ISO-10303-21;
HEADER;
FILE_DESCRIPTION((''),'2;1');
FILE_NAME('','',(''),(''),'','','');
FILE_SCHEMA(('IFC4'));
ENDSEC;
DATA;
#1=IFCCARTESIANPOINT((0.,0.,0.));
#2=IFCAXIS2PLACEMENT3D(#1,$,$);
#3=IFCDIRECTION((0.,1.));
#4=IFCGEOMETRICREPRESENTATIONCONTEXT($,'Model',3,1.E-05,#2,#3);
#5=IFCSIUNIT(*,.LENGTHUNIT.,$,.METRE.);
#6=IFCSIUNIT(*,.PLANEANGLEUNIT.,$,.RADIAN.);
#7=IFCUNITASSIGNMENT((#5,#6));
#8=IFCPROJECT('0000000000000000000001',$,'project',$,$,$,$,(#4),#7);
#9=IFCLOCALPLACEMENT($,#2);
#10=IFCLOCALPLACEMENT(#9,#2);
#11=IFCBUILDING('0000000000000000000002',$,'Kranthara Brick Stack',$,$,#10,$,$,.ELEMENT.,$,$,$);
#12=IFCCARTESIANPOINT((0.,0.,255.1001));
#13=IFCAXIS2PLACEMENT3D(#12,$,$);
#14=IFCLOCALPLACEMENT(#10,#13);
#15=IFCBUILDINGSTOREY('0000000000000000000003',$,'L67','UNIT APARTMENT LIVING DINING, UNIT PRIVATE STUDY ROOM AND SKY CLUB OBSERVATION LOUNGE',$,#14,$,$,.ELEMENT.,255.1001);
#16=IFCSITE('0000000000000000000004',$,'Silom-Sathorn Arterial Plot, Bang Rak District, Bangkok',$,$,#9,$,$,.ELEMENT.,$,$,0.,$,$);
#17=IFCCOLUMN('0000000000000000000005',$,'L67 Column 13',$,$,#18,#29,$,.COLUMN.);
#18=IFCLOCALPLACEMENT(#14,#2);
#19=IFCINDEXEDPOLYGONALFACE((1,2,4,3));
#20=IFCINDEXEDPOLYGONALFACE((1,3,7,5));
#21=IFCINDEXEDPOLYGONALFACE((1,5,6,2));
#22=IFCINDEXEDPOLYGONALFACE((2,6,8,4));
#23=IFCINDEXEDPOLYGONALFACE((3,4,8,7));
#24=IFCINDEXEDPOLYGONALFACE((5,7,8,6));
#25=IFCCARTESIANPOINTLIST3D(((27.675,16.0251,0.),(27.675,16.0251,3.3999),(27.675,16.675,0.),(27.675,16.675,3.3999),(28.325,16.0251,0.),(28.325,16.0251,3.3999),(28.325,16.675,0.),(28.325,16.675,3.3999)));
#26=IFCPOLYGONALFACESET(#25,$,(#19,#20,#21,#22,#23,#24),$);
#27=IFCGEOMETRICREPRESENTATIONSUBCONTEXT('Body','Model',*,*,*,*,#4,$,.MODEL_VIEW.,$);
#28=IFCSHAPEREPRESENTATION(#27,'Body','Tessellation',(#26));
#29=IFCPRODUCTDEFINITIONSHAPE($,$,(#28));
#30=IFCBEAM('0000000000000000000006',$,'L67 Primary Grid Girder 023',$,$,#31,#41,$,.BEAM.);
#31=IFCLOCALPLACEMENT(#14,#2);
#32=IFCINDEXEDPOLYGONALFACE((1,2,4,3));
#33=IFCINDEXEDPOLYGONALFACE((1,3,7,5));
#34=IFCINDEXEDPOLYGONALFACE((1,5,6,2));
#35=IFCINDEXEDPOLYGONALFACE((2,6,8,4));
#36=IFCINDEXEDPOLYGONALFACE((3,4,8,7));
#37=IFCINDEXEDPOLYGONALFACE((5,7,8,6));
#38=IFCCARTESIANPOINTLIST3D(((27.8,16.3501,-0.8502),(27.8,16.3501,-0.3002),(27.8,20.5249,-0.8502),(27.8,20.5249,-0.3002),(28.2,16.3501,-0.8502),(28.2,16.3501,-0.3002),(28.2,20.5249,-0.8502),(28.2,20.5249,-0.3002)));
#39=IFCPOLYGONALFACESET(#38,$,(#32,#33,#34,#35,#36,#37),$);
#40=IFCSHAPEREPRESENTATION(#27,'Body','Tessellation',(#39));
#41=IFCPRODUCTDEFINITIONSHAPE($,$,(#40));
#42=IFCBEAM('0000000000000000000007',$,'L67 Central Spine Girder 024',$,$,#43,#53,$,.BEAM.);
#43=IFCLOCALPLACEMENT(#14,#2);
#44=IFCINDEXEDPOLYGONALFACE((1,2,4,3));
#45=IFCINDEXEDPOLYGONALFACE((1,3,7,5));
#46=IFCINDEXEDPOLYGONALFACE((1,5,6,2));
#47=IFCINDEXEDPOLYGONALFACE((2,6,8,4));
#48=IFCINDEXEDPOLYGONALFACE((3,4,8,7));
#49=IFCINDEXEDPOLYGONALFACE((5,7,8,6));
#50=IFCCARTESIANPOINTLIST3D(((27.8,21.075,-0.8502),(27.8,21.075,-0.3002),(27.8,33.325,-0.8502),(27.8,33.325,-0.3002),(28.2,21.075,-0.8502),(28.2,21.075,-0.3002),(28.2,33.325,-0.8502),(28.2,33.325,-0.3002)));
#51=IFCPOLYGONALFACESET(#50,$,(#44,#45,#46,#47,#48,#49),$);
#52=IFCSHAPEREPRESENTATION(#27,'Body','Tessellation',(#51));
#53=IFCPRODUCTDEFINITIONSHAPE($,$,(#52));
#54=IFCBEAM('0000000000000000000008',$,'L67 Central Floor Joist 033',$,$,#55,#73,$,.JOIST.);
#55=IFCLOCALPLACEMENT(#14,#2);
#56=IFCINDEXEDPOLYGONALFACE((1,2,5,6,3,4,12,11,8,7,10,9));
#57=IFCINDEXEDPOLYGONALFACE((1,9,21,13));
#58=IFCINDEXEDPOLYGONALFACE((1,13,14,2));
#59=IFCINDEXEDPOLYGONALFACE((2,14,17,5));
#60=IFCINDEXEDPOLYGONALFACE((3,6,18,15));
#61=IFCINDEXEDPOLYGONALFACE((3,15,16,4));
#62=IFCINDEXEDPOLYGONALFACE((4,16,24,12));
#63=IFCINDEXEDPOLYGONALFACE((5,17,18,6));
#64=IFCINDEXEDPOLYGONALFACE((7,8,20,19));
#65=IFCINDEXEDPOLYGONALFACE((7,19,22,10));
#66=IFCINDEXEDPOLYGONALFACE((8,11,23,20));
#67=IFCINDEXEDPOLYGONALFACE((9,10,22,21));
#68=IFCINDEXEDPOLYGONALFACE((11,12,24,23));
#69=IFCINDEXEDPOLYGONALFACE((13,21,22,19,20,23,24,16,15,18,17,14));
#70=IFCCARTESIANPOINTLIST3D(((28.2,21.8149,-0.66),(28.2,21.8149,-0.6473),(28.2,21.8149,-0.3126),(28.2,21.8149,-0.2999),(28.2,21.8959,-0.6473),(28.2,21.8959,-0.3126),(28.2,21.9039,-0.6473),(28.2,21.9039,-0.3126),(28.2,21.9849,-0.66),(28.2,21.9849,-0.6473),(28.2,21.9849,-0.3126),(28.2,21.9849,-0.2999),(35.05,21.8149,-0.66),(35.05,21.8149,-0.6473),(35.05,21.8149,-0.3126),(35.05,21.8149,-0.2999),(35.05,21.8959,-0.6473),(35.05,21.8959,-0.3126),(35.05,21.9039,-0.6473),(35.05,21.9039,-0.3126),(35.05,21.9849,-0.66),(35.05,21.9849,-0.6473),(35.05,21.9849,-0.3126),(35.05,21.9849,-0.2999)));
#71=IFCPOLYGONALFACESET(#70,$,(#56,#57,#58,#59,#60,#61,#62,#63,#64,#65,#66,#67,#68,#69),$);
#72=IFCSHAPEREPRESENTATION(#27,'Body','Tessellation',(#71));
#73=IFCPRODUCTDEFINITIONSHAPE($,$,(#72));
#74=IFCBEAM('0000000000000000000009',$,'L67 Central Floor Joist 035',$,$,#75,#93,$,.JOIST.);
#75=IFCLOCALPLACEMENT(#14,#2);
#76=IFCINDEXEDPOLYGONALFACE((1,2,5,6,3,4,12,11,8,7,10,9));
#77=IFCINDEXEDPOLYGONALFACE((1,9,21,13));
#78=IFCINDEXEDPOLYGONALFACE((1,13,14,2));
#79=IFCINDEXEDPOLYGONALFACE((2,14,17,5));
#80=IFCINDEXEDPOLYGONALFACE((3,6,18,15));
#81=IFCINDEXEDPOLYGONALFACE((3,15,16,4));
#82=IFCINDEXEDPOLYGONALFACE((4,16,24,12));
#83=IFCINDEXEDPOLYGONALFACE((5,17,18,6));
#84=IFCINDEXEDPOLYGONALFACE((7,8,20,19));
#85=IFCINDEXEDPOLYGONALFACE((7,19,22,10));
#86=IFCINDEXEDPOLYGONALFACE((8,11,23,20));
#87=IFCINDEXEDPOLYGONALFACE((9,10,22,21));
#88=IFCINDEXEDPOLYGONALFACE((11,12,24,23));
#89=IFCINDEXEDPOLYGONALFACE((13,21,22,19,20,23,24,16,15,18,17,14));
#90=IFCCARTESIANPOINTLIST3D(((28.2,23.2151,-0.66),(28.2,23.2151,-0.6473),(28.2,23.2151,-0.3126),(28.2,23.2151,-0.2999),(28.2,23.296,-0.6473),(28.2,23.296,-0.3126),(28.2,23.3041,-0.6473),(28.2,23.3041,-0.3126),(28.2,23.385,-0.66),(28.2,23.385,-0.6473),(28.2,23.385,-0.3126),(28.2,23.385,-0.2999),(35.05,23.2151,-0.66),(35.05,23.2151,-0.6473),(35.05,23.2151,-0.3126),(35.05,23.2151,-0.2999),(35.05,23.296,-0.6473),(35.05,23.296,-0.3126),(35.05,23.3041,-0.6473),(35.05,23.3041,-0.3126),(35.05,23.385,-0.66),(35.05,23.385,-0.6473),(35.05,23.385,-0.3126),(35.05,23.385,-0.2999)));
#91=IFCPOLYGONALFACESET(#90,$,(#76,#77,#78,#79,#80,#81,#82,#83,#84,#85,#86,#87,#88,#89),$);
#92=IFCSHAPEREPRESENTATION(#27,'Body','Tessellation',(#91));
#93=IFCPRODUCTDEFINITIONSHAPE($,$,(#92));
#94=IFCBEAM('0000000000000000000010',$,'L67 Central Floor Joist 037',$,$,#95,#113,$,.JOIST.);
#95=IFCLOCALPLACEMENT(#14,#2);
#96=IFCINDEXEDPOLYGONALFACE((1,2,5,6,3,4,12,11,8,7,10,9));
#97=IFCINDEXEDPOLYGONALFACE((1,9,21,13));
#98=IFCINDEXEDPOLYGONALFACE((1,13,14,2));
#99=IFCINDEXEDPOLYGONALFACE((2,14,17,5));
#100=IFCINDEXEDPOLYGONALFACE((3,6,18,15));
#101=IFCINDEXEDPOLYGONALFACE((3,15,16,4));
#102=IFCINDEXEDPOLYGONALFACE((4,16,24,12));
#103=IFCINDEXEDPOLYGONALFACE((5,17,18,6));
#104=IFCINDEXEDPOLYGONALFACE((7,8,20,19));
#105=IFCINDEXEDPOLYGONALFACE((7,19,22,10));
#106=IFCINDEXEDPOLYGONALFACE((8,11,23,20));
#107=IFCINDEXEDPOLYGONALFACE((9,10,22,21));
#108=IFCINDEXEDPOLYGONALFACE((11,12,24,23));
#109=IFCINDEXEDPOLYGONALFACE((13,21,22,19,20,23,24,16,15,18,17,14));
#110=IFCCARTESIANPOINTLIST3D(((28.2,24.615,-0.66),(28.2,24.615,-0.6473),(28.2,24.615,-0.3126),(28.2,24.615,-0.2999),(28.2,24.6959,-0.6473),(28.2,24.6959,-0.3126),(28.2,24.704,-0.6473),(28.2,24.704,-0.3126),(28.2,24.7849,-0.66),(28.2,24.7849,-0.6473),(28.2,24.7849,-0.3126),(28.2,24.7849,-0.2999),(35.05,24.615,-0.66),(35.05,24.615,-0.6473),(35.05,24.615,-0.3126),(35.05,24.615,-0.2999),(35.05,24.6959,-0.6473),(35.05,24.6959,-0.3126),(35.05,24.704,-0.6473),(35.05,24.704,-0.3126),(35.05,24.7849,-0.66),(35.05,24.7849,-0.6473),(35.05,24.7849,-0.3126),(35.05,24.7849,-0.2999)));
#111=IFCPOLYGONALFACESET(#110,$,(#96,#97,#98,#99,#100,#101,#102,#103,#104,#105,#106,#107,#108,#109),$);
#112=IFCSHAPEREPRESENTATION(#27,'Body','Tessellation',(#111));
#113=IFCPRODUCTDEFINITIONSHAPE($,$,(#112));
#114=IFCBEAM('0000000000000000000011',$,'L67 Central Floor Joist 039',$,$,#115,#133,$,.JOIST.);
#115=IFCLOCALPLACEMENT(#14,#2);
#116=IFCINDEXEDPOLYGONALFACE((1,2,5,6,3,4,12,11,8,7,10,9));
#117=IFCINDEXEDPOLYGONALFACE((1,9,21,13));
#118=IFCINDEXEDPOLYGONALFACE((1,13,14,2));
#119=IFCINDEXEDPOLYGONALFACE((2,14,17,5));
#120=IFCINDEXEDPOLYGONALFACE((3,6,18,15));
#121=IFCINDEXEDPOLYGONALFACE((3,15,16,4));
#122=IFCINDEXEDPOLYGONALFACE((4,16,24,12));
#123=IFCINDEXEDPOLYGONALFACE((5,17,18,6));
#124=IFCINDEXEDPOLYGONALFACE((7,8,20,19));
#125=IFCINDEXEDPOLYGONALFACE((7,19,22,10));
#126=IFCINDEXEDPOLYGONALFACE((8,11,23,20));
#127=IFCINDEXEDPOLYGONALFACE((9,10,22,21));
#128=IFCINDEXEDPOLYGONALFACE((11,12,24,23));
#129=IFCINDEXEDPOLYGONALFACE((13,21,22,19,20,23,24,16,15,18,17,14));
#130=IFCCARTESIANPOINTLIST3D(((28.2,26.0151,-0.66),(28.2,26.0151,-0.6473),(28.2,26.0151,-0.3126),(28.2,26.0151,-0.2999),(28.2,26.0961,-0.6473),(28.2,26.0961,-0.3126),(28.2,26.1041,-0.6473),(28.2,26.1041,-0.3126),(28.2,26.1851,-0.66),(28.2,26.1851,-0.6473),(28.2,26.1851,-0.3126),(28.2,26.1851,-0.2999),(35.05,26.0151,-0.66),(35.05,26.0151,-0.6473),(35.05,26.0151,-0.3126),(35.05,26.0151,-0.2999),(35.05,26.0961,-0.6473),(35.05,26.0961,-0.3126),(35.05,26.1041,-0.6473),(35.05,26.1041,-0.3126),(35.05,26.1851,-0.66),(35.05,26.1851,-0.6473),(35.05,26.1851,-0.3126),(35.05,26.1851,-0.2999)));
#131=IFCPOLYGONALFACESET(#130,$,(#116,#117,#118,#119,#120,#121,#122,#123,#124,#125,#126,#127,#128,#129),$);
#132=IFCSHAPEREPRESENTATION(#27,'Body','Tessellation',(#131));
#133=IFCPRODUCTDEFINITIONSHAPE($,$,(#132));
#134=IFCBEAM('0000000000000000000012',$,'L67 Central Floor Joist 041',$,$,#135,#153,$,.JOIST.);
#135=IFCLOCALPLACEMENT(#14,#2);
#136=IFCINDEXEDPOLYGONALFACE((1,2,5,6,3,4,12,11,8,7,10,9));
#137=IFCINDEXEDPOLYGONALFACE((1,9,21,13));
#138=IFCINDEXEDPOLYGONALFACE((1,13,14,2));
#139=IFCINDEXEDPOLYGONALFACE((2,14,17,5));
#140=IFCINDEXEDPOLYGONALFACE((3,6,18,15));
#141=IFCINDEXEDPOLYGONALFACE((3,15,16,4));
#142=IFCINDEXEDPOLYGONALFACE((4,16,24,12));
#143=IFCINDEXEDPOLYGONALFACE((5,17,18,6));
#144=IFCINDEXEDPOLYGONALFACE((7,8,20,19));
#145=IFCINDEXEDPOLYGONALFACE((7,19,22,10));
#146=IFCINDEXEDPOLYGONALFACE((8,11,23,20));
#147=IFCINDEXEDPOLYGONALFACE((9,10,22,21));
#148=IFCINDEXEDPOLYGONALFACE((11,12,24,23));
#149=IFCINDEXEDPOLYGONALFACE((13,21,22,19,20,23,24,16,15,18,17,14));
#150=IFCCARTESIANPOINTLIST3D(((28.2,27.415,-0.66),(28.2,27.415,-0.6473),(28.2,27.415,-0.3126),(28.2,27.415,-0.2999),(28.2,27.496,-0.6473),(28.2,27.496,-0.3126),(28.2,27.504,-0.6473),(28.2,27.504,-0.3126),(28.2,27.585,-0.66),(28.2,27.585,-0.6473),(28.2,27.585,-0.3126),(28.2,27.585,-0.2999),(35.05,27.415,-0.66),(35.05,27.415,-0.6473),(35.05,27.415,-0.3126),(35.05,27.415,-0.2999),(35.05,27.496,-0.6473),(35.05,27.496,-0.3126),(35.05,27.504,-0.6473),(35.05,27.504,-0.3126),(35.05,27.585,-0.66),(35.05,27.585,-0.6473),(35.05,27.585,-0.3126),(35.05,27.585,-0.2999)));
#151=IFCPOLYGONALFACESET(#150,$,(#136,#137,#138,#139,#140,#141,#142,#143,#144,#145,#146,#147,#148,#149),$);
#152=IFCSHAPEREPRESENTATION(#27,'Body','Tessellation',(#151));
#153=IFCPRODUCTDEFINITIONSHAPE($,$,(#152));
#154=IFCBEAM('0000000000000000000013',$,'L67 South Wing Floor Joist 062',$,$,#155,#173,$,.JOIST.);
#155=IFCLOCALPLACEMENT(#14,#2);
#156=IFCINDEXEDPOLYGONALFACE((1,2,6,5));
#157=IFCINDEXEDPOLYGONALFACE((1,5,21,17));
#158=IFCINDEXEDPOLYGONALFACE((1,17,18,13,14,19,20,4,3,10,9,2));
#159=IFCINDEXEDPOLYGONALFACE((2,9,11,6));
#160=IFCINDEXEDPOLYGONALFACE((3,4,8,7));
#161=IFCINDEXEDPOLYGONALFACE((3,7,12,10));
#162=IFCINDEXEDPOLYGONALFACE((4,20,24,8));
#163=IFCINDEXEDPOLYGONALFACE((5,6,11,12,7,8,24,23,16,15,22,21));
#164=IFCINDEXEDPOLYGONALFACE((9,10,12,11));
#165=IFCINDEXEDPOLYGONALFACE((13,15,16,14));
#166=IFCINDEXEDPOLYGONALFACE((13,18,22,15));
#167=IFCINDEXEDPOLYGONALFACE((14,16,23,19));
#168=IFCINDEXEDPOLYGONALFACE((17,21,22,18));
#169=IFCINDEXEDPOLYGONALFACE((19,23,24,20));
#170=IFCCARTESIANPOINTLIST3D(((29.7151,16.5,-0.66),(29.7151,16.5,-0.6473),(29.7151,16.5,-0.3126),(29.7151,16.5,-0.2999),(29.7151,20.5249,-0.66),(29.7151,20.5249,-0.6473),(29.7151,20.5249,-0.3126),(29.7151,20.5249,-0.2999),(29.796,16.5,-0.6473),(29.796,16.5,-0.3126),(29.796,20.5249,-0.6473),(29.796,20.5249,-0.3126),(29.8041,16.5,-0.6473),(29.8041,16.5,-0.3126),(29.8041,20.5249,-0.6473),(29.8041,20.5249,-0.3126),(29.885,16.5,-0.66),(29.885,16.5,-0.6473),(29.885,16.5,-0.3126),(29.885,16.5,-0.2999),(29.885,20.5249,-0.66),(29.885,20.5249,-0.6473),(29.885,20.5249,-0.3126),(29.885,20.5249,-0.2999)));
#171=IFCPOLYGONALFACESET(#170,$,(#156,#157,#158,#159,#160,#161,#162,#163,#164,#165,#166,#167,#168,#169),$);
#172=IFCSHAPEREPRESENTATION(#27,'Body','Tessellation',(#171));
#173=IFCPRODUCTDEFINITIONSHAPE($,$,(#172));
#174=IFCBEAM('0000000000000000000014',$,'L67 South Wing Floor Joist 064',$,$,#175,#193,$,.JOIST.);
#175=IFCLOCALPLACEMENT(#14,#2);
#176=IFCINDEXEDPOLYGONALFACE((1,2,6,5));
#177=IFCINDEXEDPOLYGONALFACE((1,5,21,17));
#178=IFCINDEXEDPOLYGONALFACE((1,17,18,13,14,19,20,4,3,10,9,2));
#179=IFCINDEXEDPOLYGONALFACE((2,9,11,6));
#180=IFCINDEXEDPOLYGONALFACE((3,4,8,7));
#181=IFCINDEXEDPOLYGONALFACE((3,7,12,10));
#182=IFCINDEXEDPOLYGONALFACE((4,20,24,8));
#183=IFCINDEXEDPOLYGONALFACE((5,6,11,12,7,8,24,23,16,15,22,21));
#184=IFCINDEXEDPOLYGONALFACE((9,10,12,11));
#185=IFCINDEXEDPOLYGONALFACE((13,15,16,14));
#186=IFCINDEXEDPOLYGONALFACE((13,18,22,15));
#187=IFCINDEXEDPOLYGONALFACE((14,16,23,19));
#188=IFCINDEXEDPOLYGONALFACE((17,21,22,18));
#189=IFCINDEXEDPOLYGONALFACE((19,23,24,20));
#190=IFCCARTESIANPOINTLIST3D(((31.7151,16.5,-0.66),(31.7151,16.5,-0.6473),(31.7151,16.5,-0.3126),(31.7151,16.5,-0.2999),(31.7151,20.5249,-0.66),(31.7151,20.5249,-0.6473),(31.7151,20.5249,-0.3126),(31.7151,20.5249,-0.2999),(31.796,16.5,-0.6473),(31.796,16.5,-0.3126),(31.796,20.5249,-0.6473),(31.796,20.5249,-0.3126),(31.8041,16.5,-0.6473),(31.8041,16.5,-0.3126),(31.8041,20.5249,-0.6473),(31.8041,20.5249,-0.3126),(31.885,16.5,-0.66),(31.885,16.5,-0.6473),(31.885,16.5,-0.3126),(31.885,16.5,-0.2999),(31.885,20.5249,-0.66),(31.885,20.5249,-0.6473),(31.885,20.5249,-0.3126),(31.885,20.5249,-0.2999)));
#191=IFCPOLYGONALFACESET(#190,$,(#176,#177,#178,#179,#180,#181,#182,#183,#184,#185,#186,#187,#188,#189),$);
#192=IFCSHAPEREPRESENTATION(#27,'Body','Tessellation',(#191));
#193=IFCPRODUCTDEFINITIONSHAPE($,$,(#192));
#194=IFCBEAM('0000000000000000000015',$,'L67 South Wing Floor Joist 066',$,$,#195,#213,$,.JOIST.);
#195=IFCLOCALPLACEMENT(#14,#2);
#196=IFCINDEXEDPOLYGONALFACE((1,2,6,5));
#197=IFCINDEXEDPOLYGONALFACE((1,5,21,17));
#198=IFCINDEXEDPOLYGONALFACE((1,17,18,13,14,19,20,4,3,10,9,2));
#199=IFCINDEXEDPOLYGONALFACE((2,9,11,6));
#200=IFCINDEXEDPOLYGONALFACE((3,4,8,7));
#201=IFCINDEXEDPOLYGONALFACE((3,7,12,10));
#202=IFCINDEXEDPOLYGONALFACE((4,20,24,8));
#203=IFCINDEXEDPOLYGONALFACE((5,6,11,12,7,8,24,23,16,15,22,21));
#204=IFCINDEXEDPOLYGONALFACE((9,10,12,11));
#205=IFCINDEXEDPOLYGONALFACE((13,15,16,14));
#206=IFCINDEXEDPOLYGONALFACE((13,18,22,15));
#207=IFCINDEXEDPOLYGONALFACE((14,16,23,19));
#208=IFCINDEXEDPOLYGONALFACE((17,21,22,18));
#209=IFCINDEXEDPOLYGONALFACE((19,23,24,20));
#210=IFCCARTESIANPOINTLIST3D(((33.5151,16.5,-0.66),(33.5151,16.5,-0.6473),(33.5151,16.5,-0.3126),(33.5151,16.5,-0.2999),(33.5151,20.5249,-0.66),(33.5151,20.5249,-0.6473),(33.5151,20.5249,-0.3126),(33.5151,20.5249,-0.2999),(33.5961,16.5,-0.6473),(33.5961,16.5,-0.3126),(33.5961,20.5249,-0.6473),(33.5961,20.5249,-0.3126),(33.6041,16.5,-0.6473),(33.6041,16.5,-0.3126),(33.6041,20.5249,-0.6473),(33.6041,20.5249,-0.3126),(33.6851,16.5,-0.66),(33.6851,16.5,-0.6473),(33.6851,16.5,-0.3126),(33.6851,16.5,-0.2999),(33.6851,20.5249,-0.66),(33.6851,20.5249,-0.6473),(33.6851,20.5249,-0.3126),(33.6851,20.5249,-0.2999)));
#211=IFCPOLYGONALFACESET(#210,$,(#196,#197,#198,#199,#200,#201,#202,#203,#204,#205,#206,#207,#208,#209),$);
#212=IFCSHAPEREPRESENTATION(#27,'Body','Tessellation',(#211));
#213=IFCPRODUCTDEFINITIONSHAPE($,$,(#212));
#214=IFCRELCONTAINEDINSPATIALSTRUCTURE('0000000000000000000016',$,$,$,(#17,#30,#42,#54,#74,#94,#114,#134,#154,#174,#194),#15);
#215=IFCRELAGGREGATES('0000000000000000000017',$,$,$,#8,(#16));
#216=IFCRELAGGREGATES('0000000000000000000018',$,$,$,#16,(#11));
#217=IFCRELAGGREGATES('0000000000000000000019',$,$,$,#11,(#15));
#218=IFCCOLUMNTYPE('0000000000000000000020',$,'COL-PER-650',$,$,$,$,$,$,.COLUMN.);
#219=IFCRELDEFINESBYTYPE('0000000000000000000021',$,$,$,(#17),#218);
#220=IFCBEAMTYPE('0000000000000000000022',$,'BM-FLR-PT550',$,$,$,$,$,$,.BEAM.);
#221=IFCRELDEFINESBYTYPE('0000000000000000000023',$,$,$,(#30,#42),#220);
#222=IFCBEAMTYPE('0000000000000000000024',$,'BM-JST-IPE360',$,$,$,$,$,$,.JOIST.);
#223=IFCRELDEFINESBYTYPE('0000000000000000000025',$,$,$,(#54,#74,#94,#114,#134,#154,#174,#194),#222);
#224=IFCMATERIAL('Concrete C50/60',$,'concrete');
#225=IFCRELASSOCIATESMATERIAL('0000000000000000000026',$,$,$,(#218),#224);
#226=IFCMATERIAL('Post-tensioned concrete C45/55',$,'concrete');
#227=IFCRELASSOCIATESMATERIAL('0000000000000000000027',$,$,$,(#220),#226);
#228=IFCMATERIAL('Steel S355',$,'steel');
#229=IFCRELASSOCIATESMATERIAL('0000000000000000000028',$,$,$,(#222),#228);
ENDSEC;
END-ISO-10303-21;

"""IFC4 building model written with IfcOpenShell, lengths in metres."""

from ifc_helpers import new_model, si_unit, direction, frame, origin, origin_2d, place, context, subcontext, project, spatial, rectangle, i_section, extrude, material, material_profile, profile_set, type_object, element, save


model = new_model("IFC4")

# Units and contexts
model_context = context("Model", 3, precision=1e-05, world=origin(), true_north=direction((0.0, 1.0)))
body_context = subcontext(model_context, "Body", "Model", "MODEL_VIEW")
ifc_project = project(units=[si_unit("LENGTHUNIT", "METRE"), si_unit("PLANEANGLEUNIT", "RADIAN")], contexts=[model_context])

# Site, building, storey
site_placement = place(None, origin())
site = spatial("IfcSite", under=ifc_project, at=site_placement, Name="Silom-Sathorn Arterial Plot, Bang Rak District, Bangkok", CompositionType="ELEMENT", RefElevation=0.0)
building_placement = place(site_placement, origin())
building = spatial("IfcBuilding", under=site, at=building_placement, Name="Kranthara Brick Stack", CompositionType="ELEMENT")
storey_placement = place(building_placement, frame((0.0, 0.0, 255.1001)))
storey = spatial("IfcBuildingStorey", under=building, at=storey_placement, Name="L67", Description="UNIT APARTMENT LIVING DINING, UNIT PRIVATE STUDY ROOM AND SKY CLUB OBSERVATION LOUNGE", CompositionType="ELEMENT", Elevation=255.1001)

# Column
ifc_material_1 = material(Name="Concrete C50/60", Category="concrete")
ifc_material_profile_1 = material_profile(ifc_material_1, rectangle(XDim=0.6499, YDim=0.6499, at=origin_2d()), Name="RC 650x650")
ifc_profile_set_1 = profile_set([ifc_material_profile_1], Name="Concrete C50/60")
column_type = type_object("IfcColumnType", Name="COL-PER-650", PredefinedType="COLUMN", material=ifc_profile_set_1)
column_placement = place(storey_placement, frame((28.0, 16.3501, 0.0), z_axis=(0.0, 0.0, 1.0), x_axis=(1.0, 0.0, 0.0)))
element("IfcColumn", 1, at=column_placement, inside=storey, type_object=column_type, Name="L67 Column 13", PredefinedType="COLUMN", context=body_context, shape_type="SweptSolid", body=[
    extrude(rectangle(XDim=0.6499, YDim=0.6499, at=origin_2d()), origin(), (0.0, 0.0, 1.0), 3.3999),
])

# Beams
ifc_material_2 = material(Name="Post-tensioned concrete C45/55", Category="concrete")
ifc_material_profile_2 = material_profile(ifc_material_2, rectangle(XDim=0.3999, YDim=0.55, at=origin_2d()), Name="PT 400x550")
ifc_profile_set_2 = profile_set([ifc_material_profile_2], Name="Post-tensioned concrete C45/55")
beam_type_1 = type_object("IfcBeamType", Name="BM-FLR-PT550", PredefinedType="BEAM", material=ifc_profile_set_2)
beam_1_placement = place(storey_placement, frame((28.0, 16.3501, -0.5752), z_axis=(0.0, 1.0, 0.0), x_axis=(-1.0, 0.0, 0.0)))
element("IfcBeam", 2, at=beam_1_placement, inside=storey, type_object=beam_type_1, Name="L67 Primary Grid Girder 023", PredefinedType="BEAM", context=body_context, shape_type="SweptSolid", body=[
    extrude(rectangle(XDim=0.3999, YDim=0.55, at=origin_2d()), origin(), (0.0, 0.0, 1.0), 4.1748),
])
beam_2_placement = place(storey_placement, frame((28.0, 21.075, -0.5752), z_axis=(0.0, 1.0, 0.0), x_axis=(-1.0, 0.0, 0.0)))
element("IfcBeam", 3, at=beam_2_placement, inside=storey, type_object=beam_type_1, Name="L67 Central Spine Girder 024", PredefinedType="BEAM", context=body_context, shape_type="SweptSolid", body=[
    extrude(rectangle(XDim=0.3999, YDim=0.55, at=origin_2d()), origin(), (0.0, 0.0, 1.0), 12.25),
])
ifc_material_3 = material(Name="Steel S355", Category="steel")
ifc_material_profile_3 = material_profile(ifc_material_3, i_section(OverallWidth=0.1699, OverallDepth=0.3601, WebThickness=0.0081, FlangeThickness=0.0127, at=origin_2d()), Name="IPE 360")
ifc_profile_set_3 = profile_set([ifc_material_profile_3], Name="Steel S355")
beam_type_2 = type_object("IfcBeamType", Name="BM-JST-IPE360", PredefinedType="JOIST", material=ifc_profile_set_3)
for number, where, z_axis, x_axis, name in (
    (4, (28.2, 21.8999, -0.48), (1.0, 0.0, 0.0), (0.0, 1.0, 0.0), "L67 Central Floor Joist 033"),
    (5, (28.2, 23.3, -0.48), (1.0, 0.0, 0.0), (0.0, 1.0, 0.0), "L67 Central Floor Joist 035"),
    (6, (28.2, 24.7, -0.48), (1.0, 0.0, 0.0), (0.0, 1.0, 0.0), "L67 Central Floor Joist 037"),
    (7, (28.2, 26.1001, -0.48), (1.0, 0.0, 0.0), (0.0, 1.0, 0.0), "L67 Central Floor Joist 039"),
    (8, (28.2, 27.5, -0.48), (1.0, 0.0, 0.0), (0.0, 1.0, 0.0), "L67 Central Floor Joist 041"),
):
    element("IfcBeam", number, at=place(storey_placement, frame(where, z_axis=z_axis, x_axis=x_axis)), inside=storey, type_object=beam_type_2, Name=name, PredefinedType="JOIST", context=body_context, shape_type="SweptSolid", body=[
        extrude(i_section(OverallWidth=0.1699, OverallDepth=0.3601, WebThickness=0.0081, FlangeThickness=0.0127, at=origin_2d()), origin(), (0.0, 0.0, 1.0), 6.8501),
    ])
for number, where, z_axis, x_axis, name in (
    (9, (29.8, 16.5, -0.48), (0.0, 1.0, 0.0), (-1.0, 0.0, 0.0), "L67 South Wing Floor Joist 062"),
    (10, (31.8, 16.5, -0.48), (0.0, 1.0, 0.0), (-1.0, 0.0, 0.0), "L67 South Wing Floor Joist 064"),
    (11, (33.6001, 16.5, -0.48), (0.0, 1.0, 0.0), (-1.0, 0.0, 0.0), "L67 South Wing Floor Joist 066"),
):
    element("IfcBeam", number, at=place(storey_placement, frame(where, z_axis=z_axis, x_axis=x_axis)), inside=storey, type_object=beam_type_2, Name=name, PredefinedType="JOIST", context=body_context, shape_type="SweptSolid", body=[
        extrude(i_section(OverallWidth=0.1699, OverallDepth=0.3601, WebThickness=0.0081, FlangeThickness=0.0127, at=origin_2d()), origin(), (0.0, 0.0, 1.0), 4.0249),
    ])

save(model, "model.ifc")
